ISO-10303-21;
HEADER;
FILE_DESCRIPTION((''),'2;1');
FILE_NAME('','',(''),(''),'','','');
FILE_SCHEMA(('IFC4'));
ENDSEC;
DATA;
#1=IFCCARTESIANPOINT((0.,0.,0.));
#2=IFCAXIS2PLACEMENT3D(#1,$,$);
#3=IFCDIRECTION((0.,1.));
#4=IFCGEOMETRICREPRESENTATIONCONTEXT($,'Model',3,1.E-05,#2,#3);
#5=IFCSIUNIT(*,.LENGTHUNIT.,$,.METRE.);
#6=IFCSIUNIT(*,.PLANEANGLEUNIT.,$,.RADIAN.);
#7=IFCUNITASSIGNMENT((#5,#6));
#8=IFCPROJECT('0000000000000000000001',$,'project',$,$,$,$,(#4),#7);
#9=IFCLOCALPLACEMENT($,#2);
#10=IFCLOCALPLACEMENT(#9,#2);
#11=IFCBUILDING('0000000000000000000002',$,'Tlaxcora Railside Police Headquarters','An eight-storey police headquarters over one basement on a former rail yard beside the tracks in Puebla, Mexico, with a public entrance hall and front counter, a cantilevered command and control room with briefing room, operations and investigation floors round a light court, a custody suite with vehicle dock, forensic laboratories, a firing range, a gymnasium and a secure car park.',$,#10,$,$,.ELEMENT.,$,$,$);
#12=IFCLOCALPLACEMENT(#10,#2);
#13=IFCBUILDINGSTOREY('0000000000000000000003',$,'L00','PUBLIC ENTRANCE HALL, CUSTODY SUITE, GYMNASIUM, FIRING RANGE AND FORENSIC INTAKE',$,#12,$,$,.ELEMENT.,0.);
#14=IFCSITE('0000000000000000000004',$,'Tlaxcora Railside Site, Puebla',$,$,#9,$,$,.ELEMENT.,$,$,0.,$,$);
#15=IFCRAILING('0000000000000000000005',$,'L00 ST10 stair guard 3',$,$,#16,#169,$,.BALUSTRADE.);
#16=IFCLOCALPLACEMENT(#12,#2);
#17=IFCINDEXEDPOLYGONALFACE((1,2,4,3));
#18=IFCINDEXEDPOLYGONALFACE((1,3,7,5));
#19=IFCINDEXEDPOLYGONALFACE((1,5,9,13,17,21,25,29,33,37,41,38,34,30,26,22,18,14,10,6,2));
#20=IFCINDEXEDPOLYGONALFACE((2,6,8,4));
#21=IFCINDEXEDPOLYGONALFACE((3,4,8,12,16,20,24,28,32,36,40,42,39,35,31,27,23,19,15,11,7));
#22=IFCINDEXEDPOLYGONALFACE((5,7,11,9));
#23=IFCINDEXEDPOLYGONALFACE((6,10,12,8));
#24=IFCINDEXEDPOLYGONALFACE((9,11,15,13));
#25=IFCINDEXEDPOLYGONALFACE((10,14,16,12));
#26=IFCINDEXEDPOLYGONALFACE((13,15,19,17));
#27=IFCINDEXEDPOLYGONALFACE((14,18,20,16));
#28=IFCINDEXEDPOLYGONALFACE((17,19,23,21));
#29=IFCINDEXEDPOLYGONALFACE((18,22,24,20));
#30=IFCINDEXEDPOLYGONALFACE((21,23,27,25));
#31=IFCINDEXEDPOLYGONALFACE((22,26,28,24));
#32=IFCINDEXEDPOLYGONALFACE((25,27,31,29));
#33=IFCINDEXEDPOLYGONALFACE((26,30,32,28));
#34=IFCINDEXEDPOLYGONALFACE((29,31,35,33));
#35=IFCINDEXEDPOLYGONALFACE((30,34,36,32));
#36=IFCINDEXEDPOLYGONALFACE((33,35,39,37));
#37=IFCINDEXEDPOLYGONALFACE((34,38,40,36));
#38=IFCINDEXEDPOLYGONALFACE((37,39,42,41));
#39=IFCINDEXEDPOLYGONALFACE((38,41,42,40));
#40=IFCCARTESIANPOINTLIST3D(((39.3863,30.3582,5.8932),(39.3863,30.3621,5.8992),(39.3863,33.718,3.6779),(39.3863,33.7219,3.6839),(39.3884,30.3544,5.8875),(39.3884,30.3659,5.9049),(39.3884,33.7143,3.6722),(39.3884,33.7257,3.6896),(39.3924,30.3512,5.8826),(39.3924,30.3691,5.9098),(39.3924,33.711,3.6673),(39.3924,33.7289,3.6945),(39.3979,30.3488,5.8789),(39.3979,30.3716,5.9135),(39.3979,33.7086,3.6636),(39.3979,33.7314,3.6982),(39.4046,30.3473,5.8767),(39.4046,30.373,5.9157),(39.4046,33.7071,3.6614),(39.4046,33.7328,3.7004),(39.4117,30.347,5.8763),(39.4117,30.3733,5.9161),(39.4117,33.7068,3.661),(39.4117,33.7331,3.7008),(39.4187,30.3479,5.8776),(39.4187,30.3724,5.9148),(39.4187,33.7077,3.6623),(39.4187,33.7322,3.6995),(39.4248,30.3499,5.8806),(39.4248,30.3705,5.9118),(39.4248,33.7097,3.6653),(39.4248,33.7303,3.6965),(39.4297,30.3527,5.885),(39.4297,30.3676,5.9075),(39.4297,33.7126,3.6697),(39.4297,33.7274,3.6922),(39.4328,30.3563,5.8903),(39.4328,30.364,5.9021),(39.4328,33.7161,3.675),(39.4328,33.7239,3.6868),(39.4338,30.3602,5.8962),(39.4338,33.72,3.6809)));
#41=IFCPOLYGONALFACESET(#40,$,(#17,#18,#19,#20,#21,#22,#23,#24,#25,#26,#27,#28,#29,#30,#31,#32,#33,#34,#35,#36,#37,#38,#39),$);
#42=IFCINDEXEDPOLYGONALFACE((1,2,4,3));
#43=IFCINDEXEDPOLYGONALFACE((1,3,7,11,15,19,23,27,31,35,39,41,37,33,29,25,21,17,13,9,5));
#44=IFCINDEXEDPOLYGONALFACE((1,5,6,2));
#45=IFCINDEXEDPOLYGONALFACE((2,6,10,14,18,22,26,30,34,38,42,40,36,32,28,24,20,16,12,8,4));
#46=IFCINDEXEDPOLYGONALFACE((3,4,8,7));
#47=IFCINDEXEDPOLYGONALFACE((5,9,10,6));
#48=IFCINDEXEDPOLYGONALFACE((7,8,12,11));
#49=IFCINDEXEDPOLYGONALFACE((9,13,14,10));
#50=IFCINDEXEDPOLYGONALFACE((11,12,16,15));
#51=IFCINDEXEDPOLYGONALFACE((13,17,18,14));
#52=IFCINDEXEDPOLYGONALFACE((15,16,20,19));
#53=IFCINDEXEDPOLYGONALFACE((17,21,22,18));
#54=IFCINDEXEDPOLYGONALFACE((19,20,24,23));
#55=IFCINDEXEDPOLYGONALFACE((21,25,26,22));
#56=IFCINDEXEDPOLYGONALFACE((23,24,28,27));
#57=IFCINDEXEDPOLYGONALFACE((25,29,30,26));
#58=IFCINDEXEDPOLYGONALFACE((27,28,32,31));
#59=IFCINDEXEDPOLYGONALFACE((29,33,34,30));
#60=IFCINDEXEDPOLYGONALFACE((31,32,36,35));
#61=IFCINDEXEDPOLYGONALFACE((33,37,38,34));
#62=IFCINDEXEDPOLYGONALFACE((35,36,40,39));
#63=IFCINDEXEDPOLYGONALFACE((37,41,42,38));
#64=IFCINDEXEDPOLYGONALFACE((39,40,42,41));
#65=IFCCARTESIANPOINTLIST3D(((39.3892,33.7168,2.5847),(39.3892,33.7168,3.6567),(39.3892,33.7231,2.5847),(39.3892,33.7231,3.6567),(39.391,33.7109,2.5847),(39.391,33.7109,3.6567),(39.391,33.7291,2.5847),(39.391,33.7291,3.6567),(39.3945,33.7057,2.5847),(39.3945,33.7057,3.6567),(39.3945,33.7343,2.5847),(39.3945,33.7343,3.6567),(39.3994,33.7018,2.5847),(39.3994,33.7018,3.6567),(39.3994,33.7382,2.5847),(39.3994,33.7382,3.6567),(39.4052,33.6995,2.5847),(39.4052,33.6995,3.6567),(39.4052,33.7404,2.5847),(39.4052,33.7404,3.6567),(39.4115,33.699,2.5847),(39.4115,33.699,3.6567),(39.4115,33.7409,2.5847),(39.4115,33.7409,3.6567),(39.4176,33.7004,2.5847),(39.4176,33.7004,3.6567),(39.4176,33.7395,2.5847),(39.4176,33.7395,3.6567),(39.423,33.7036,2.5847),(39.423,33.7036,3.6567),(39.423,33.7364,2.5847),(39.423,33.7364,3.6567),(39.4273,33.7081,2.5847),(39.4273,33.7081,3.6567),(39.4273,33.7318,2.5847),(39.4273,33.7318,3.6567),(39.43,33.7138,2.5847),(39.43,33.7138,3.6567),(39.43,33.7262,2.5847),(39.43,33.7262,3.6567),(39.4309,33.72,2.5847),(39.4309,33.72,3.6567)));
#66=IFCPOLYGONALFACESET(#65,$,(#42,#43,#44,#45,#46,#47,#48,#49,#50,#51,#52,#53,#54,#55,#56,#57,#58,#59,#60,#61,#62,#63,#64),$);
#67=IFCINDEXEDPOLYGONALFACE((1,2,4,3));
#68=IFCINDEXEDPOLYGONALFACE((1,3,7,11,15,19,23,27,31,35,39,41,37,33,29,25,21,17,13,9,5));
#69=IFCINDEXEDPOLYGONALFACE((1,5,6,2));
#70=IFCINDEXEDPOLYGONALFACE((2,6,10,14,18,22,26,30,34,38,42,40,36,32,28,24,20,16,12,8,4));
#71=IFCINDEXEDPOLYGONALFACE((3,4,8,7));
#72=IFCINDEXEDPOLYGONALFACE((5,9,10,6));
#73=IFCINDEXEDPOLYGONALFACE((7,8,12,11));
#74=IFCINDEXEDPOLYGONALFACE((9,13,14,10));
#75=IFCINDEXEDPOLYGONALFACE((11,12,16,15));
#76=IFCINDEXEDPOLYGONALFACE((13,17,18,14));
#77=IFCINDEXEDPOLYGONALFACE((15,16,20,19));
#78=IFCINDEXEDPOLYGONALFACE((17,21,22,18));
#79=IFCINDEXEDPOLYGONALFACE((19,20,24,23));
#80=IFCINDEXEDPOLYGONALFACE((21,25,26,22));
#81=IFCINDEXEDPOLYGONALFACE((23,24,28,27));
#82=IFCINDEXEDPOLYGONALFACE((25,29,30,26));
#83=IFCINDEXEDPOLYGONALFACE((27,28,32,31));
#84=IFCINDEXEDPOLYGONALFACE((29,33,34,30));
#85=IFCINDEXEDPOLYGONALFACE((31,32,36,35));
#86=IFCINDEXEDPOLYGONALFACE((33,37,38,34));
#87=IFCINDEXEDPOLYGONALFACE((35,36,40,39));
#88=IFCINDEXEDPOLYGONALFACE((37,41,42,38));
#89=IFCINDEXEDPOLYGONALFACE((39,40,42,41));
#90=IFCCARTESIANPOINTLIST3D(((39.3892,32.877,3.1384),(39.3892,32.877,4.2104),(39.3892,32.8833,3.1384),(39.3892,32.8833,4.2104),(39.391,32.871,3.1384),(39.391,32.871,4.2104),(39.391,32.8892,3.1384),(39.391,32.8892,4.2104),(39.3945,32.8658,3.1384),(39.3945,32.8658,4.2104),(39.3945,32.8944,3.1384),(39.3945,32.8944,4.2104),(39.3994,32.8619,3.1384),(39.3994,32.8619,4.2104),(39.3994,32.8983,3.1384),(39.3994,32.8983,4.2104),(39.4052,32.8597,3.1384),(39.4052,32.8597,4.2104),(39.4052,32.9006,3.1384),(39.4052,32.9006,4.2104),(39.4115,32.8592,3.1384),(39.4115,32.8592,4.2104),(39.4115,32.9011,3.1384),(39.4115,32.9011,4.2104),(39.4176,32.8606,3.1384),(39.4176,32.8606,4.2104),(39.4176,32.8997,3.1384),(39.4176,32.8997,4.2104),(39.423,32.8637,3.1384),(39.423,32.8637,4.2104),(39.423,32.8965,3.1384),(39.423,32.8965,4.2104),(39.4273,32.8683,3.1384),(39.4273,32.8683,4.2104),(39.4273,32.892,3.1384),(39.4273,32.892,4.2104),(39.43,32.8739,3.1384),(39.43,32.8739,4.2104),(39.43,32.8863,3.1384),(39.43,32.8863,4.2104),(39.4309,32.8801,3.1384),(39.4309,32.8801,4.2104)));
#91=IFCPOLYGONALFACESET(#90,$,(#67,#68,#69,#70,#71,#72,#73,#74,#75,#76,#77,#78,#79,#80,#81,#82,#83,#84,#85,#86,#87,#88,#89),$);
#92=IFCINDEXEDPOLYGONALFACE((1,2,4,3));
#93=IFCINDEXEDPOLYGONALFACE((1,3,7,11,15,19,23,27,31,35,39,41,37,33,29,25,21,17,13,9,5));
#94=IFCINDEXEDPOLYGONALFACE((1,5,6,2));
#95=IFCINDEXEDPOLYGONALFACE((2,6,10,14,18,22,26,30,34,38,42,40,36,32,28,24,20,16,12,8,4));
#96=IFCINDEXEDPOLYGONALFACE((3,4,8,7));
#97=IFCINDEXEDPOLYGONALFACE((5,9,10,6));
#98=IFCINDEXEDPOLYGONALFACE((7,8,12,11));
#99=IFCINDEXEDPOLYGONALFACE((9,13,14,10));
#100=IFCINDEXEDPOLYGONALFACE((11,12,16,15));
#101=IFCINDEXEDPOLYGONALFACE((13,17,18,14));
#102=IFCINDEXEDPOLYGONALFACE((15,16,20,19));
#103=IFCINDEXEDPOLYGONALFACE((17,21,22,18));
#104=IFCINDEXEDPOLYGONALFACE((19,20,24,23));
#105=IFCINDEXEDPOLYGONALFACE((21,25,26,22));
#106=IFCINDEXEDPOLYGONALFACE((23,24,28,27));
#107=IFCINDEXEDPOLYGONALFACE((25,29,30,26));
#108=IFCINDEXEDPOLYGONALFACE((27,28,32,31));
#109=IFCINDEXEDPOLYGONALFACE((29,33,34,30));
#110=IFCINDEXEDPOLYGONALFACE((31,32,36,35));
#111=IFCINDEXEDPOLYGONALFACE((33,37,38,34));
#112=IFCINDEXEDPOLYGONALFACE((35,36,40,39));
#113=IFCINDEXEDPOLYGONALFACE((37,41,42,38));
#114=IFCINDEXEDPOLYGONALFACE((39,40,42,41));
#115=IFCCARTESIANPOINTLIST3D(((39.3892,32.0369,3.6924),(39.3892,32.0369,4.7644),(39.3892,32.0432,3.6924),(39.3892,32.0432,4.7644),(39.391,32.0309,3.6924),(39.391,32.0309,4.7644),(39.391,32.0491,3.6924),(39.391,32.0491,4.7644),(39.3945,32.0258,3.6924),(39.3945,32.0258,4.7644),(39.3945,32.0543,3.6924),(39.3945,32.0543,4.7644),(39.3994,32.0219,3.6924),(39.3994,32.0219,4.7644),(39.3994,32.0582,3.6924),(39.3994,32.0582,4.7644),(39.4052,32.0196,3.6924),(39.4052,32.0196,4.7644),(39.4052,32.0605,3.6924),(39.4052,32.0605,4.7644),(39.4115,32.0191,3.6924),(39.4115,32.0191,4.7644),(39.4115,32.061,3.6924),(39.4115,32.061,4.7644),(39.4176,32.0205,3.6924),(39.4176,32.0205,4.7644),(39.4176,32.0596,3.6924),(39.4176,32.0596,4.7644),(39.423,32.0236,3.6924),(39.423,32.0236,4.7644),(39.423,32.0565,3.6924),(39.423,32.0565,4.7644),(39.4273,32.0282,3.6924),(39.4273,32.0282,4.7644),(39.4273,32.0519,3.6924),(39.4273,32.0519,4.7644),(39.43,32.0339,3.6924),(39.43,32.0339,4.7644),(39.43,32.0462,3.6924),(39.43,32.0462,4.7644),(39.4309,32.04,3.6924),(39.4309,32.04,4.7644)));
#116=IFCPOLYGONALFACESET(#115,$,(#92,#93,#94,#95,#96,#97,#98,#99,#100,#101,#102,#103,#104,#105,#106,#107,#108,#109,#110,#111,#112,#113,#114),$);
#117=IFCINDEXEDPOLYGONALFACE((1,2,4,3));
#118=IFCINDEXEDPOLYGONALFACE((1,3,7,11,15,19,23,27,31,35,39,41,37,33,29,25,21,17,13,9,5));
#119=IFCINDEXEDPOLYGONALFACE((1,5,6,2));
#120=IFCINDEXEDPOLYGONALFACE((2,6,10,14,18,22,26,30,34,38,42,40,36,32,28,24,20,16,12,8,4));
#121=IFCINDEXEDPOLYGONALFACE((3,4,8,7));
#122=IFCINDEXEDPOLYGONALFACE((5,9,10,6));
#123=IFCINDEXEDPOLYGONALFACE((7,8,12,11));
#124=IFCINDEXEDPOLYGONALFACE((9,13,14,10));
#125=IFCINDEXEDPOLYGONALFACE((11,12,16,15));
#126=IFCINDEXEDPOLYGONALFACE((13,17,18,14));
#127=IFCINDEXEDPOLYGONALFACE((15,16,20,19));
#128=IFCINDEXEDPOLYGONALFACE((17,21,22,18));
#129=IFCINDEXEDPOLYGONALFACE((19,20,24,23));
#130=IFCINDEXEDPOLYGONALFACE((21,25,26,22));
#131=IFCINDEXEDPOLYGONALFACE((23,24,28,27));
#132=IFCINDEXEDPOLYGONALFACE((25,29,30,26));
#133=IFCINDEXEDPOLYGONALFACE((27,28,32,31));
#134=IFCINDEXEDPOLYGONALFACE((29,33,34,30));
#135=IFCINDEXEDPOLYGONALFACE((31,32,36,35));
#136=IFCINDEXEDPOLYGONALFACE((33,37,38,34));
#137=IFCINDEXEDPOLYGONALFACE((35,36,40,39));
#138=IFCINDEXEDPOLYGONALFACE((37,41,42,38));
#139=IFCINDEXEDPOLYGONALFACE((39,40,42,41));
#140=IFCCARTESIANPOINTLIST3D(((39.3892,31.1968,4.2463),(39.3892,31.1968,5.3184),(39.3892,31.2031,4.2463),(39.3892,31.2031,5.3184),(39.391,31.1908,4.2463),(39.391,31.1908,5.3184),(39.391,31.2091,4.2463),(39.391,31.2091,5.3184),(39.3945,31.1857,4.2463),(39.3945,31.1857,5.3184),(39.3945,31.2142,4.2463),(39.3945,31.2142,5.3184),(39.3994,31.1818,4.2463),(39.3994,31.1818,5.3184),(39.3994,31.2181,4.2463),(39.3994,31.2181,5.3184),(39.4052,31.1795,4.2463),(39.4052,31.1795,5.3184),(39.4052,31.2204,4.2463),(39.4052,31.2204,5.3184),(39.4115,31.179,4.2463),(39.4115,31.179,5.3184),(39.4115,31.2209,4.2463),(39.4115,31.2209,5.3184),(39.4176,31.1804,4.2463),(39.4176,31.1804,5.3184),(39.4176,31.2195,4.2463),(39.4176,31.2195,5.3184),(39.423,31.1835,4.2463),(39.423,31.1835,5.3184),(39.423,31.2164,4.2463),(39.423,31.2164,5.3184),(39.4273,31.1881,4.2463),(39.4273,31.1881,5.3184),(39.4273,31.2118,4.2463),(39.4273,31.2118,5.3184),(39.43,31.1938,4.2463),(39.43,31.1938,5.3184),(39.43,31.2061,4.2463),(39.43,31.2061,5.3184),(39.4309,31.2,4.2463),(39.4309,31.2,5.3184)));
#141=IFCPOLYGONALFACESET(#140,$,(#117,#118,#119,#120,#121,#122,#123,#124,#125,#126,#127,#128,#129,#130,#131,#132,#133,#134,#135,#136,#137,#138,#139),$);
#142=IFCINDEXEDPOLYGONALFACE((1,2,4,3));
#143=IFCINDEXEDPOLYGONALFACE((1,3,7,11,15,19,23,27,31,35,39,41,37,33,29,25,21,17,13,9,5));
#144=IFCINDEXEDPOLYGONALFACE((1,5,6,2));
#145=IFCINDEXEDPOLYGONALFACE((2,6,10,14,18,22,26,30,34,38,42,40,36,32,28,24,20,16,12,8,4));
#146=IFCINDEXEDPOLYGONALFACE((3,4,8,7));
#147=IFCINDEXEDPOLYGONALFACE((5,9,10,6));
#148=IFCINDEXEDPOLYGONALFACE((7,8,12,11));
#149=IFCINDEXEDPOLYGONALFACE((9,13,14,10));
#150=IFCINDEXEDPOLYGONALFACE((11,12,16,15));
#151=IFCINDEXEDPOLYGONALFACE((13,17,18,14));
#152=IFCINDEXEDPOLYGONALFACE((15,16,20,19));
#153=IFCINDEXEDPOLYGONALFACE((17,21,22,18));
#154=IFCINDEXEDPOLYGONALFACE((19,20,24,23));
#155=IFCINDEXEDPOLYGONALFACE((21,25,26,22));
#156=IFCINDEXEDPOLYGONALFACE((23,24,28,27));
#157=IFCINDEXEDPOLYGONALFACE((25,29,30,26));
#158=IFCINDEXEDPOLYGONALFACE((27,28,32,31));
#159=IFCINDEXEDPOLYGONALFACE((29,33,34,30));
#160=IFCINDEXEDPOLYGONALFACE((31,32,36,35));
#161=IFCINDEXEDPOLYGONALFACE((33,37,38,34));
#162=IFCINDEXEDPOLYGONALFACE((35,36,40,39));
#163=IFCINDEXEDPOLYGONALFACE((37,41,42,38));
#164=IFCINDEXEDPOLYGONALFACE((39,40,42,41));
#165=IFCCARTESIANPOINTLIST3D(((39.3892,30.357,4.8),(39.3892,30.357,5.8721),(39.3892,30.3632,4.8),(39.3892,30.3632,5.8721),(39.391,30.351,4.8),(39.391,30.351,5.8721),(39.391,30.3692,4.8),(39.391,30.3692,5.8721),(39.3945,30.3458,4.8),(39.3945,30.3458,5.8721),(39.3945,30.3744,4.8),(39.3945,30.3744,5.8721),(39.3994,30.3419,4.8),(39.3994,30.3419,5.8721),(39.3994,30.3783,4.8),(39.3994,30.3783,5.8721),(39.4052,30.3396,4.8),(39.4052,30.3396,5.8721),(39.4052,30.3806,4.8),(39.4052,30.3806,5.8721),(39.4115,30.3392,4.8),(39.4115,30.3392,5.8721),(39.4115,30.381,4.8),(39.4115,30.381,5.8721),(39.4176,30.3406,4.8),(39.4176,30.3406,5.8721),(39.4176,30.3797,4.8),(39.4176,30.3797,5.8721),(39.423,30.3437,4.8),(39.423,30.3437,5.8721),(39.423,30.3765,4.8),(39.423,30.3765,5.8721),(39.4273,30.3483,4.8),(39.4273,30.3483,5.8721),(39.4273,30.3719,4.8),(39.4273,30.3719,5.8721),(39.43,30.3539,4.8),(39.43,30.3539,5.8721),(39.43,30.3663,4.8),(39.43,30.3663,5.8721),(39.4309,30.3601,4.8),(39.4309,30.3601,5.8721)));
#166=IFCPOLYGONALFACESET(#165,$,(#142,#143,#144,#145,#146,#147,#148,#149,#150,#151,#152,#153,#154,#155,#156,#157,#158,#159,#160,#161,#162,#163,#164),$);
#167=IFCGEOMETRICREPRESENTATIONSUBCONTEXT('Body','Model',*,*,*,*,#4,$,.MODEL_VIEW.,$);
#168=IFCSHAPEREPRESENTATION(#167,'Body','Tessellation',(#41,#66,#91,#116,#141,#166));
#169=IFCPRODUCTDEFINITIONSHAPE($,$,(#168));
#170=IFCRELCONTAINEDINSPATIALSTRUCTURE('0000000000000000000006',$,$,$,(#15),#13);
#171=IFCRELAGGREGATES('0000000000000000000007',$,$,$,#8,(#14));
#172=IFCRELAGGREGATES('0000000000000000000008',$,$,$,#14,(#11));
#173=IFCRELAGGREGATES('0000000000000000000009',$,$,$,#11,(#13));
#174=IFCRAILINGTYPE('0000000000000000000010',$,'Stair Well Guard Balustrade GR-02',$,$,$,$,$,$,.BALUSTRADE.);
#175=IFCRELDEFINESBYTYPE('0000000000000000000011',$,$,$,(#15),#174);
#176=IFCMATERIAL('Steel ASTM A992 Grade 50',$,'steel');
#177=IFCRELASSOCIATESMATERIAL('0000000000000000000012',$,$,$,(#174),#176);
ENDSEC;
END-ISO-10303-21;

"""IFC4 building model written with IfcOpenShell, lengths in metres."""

from ifc_helpers import new_model, si_unit, direction, frame, origin, origin_2d, place, context, subcontext, project, spatial, circle, extrude, material, type_object, element, save


model = new_model("IFC4")

# Units and contexts
model_context = context("Model", 3, precision=1e-05, world=origin(), true_north=direction((0.0, 1.0)))
body_context = subcontext(model_context, "Body", "Model", "MODEL_VIEW")
ifc_project = project(units=[si_unit("LENGTHUNIT", "METRE"), si_unit("PLANEANGLEUNIT", "RADIAN")], contexts=[model_context])

# Site, building, storey
site_placement = place(None, origin())
site = spatial("IfcSite", under=ifc_project, at=site_placement, Name="Tlaxcora Railside Site, Puebla", CompositionType="ELEMENT", RefElevation=0.0)
building_placement = place(site_placement, origin())
building = spatial("IfcBuilding", under=site, at=building_placement, Name="Tlaxcora Railside Police Headquarters", Description="An eight-storey police headquarters over one basement on a former rail yard beside the tracks in Puebla, Mexico, with a public entrance hall and front counter, a cantilevered command and control room with briefing room, operations and investigation floors round a light court, a custody suite with vehicle dock, forensic laboratories, a firing range, a gymnasium and a secure car park.", CompositionType="ELEMENT")
storey_placement = place(building_placement, origin())
storey = spatial("IfcBuildingStorey", under=building, at=storey_placement, Name="L00", Description="PUBLIC ENTRANCE HALL, CUSTODY SUITE, GYMNASIUM, FIRING RANGE AND FORENSIC INTAKE", CompositionType="ELEMENT", Elevation=0.0)

# Shared definitions
ifc_material_1 = material(Name="Steel ASTM A992 Grade 50", Category="steel")

# Railing
railing_type_1 = type_object("IfcRailingType", Name="Stair Well Guard Balustrade GR-02", PredefinedType="BALUSTRADE", material=ifc_material_1)
railing_1_placement = place(storey_placement, frame((39.4099, 33.72, 2.5847)))
element("IfcRailing", 1, at=railing_1_placement, inside=storey, type_object=railing_type_1, Name="L00 ST10 stair guard 3", PredefinedType="BALUSTRADE", context=body_context, shape_type="SweptSolid", body=[
    extrude(circle(Radius=0.0239, at=origin_2d()), frame((0.0, 0.0, 1.0962), z_axis=(0.0, -0.834858, 0.550465), x_axis=(1.0, 0.0, 0.0)), (0.0, 0.0, 1.0), 4.0244),
    extrude(circle(Radius=0.021, at=origin_2d()), origin(), (0.0, 0.0, 1.0), 1.072),
    extrude(circle(Radius=0.021, at=origin_2d()), frame((0.0, -0.8398, 0.5537)), (0.0, 0.0, 1.0), 1.072),
    extrude(circle(Radius=0.021, at=origin_2d()), frame((0.0, -1.6799, 1.1077)), (0.0, 0.0, 1.0), 1.072),
    extrude(circle(Radius=0.021, at=origin_2d()), frame((0.0, -2.52, 1.6616)), (0.0, 0.0, 1.0), 1.072),
    extrude(circle(Radius=0.021, at=origin_2d()), frame((0.0, -3.3599, 2.2153)), (0.0, 0.0, 1.0), 1.072),
])

save(model, "model.ifc")
